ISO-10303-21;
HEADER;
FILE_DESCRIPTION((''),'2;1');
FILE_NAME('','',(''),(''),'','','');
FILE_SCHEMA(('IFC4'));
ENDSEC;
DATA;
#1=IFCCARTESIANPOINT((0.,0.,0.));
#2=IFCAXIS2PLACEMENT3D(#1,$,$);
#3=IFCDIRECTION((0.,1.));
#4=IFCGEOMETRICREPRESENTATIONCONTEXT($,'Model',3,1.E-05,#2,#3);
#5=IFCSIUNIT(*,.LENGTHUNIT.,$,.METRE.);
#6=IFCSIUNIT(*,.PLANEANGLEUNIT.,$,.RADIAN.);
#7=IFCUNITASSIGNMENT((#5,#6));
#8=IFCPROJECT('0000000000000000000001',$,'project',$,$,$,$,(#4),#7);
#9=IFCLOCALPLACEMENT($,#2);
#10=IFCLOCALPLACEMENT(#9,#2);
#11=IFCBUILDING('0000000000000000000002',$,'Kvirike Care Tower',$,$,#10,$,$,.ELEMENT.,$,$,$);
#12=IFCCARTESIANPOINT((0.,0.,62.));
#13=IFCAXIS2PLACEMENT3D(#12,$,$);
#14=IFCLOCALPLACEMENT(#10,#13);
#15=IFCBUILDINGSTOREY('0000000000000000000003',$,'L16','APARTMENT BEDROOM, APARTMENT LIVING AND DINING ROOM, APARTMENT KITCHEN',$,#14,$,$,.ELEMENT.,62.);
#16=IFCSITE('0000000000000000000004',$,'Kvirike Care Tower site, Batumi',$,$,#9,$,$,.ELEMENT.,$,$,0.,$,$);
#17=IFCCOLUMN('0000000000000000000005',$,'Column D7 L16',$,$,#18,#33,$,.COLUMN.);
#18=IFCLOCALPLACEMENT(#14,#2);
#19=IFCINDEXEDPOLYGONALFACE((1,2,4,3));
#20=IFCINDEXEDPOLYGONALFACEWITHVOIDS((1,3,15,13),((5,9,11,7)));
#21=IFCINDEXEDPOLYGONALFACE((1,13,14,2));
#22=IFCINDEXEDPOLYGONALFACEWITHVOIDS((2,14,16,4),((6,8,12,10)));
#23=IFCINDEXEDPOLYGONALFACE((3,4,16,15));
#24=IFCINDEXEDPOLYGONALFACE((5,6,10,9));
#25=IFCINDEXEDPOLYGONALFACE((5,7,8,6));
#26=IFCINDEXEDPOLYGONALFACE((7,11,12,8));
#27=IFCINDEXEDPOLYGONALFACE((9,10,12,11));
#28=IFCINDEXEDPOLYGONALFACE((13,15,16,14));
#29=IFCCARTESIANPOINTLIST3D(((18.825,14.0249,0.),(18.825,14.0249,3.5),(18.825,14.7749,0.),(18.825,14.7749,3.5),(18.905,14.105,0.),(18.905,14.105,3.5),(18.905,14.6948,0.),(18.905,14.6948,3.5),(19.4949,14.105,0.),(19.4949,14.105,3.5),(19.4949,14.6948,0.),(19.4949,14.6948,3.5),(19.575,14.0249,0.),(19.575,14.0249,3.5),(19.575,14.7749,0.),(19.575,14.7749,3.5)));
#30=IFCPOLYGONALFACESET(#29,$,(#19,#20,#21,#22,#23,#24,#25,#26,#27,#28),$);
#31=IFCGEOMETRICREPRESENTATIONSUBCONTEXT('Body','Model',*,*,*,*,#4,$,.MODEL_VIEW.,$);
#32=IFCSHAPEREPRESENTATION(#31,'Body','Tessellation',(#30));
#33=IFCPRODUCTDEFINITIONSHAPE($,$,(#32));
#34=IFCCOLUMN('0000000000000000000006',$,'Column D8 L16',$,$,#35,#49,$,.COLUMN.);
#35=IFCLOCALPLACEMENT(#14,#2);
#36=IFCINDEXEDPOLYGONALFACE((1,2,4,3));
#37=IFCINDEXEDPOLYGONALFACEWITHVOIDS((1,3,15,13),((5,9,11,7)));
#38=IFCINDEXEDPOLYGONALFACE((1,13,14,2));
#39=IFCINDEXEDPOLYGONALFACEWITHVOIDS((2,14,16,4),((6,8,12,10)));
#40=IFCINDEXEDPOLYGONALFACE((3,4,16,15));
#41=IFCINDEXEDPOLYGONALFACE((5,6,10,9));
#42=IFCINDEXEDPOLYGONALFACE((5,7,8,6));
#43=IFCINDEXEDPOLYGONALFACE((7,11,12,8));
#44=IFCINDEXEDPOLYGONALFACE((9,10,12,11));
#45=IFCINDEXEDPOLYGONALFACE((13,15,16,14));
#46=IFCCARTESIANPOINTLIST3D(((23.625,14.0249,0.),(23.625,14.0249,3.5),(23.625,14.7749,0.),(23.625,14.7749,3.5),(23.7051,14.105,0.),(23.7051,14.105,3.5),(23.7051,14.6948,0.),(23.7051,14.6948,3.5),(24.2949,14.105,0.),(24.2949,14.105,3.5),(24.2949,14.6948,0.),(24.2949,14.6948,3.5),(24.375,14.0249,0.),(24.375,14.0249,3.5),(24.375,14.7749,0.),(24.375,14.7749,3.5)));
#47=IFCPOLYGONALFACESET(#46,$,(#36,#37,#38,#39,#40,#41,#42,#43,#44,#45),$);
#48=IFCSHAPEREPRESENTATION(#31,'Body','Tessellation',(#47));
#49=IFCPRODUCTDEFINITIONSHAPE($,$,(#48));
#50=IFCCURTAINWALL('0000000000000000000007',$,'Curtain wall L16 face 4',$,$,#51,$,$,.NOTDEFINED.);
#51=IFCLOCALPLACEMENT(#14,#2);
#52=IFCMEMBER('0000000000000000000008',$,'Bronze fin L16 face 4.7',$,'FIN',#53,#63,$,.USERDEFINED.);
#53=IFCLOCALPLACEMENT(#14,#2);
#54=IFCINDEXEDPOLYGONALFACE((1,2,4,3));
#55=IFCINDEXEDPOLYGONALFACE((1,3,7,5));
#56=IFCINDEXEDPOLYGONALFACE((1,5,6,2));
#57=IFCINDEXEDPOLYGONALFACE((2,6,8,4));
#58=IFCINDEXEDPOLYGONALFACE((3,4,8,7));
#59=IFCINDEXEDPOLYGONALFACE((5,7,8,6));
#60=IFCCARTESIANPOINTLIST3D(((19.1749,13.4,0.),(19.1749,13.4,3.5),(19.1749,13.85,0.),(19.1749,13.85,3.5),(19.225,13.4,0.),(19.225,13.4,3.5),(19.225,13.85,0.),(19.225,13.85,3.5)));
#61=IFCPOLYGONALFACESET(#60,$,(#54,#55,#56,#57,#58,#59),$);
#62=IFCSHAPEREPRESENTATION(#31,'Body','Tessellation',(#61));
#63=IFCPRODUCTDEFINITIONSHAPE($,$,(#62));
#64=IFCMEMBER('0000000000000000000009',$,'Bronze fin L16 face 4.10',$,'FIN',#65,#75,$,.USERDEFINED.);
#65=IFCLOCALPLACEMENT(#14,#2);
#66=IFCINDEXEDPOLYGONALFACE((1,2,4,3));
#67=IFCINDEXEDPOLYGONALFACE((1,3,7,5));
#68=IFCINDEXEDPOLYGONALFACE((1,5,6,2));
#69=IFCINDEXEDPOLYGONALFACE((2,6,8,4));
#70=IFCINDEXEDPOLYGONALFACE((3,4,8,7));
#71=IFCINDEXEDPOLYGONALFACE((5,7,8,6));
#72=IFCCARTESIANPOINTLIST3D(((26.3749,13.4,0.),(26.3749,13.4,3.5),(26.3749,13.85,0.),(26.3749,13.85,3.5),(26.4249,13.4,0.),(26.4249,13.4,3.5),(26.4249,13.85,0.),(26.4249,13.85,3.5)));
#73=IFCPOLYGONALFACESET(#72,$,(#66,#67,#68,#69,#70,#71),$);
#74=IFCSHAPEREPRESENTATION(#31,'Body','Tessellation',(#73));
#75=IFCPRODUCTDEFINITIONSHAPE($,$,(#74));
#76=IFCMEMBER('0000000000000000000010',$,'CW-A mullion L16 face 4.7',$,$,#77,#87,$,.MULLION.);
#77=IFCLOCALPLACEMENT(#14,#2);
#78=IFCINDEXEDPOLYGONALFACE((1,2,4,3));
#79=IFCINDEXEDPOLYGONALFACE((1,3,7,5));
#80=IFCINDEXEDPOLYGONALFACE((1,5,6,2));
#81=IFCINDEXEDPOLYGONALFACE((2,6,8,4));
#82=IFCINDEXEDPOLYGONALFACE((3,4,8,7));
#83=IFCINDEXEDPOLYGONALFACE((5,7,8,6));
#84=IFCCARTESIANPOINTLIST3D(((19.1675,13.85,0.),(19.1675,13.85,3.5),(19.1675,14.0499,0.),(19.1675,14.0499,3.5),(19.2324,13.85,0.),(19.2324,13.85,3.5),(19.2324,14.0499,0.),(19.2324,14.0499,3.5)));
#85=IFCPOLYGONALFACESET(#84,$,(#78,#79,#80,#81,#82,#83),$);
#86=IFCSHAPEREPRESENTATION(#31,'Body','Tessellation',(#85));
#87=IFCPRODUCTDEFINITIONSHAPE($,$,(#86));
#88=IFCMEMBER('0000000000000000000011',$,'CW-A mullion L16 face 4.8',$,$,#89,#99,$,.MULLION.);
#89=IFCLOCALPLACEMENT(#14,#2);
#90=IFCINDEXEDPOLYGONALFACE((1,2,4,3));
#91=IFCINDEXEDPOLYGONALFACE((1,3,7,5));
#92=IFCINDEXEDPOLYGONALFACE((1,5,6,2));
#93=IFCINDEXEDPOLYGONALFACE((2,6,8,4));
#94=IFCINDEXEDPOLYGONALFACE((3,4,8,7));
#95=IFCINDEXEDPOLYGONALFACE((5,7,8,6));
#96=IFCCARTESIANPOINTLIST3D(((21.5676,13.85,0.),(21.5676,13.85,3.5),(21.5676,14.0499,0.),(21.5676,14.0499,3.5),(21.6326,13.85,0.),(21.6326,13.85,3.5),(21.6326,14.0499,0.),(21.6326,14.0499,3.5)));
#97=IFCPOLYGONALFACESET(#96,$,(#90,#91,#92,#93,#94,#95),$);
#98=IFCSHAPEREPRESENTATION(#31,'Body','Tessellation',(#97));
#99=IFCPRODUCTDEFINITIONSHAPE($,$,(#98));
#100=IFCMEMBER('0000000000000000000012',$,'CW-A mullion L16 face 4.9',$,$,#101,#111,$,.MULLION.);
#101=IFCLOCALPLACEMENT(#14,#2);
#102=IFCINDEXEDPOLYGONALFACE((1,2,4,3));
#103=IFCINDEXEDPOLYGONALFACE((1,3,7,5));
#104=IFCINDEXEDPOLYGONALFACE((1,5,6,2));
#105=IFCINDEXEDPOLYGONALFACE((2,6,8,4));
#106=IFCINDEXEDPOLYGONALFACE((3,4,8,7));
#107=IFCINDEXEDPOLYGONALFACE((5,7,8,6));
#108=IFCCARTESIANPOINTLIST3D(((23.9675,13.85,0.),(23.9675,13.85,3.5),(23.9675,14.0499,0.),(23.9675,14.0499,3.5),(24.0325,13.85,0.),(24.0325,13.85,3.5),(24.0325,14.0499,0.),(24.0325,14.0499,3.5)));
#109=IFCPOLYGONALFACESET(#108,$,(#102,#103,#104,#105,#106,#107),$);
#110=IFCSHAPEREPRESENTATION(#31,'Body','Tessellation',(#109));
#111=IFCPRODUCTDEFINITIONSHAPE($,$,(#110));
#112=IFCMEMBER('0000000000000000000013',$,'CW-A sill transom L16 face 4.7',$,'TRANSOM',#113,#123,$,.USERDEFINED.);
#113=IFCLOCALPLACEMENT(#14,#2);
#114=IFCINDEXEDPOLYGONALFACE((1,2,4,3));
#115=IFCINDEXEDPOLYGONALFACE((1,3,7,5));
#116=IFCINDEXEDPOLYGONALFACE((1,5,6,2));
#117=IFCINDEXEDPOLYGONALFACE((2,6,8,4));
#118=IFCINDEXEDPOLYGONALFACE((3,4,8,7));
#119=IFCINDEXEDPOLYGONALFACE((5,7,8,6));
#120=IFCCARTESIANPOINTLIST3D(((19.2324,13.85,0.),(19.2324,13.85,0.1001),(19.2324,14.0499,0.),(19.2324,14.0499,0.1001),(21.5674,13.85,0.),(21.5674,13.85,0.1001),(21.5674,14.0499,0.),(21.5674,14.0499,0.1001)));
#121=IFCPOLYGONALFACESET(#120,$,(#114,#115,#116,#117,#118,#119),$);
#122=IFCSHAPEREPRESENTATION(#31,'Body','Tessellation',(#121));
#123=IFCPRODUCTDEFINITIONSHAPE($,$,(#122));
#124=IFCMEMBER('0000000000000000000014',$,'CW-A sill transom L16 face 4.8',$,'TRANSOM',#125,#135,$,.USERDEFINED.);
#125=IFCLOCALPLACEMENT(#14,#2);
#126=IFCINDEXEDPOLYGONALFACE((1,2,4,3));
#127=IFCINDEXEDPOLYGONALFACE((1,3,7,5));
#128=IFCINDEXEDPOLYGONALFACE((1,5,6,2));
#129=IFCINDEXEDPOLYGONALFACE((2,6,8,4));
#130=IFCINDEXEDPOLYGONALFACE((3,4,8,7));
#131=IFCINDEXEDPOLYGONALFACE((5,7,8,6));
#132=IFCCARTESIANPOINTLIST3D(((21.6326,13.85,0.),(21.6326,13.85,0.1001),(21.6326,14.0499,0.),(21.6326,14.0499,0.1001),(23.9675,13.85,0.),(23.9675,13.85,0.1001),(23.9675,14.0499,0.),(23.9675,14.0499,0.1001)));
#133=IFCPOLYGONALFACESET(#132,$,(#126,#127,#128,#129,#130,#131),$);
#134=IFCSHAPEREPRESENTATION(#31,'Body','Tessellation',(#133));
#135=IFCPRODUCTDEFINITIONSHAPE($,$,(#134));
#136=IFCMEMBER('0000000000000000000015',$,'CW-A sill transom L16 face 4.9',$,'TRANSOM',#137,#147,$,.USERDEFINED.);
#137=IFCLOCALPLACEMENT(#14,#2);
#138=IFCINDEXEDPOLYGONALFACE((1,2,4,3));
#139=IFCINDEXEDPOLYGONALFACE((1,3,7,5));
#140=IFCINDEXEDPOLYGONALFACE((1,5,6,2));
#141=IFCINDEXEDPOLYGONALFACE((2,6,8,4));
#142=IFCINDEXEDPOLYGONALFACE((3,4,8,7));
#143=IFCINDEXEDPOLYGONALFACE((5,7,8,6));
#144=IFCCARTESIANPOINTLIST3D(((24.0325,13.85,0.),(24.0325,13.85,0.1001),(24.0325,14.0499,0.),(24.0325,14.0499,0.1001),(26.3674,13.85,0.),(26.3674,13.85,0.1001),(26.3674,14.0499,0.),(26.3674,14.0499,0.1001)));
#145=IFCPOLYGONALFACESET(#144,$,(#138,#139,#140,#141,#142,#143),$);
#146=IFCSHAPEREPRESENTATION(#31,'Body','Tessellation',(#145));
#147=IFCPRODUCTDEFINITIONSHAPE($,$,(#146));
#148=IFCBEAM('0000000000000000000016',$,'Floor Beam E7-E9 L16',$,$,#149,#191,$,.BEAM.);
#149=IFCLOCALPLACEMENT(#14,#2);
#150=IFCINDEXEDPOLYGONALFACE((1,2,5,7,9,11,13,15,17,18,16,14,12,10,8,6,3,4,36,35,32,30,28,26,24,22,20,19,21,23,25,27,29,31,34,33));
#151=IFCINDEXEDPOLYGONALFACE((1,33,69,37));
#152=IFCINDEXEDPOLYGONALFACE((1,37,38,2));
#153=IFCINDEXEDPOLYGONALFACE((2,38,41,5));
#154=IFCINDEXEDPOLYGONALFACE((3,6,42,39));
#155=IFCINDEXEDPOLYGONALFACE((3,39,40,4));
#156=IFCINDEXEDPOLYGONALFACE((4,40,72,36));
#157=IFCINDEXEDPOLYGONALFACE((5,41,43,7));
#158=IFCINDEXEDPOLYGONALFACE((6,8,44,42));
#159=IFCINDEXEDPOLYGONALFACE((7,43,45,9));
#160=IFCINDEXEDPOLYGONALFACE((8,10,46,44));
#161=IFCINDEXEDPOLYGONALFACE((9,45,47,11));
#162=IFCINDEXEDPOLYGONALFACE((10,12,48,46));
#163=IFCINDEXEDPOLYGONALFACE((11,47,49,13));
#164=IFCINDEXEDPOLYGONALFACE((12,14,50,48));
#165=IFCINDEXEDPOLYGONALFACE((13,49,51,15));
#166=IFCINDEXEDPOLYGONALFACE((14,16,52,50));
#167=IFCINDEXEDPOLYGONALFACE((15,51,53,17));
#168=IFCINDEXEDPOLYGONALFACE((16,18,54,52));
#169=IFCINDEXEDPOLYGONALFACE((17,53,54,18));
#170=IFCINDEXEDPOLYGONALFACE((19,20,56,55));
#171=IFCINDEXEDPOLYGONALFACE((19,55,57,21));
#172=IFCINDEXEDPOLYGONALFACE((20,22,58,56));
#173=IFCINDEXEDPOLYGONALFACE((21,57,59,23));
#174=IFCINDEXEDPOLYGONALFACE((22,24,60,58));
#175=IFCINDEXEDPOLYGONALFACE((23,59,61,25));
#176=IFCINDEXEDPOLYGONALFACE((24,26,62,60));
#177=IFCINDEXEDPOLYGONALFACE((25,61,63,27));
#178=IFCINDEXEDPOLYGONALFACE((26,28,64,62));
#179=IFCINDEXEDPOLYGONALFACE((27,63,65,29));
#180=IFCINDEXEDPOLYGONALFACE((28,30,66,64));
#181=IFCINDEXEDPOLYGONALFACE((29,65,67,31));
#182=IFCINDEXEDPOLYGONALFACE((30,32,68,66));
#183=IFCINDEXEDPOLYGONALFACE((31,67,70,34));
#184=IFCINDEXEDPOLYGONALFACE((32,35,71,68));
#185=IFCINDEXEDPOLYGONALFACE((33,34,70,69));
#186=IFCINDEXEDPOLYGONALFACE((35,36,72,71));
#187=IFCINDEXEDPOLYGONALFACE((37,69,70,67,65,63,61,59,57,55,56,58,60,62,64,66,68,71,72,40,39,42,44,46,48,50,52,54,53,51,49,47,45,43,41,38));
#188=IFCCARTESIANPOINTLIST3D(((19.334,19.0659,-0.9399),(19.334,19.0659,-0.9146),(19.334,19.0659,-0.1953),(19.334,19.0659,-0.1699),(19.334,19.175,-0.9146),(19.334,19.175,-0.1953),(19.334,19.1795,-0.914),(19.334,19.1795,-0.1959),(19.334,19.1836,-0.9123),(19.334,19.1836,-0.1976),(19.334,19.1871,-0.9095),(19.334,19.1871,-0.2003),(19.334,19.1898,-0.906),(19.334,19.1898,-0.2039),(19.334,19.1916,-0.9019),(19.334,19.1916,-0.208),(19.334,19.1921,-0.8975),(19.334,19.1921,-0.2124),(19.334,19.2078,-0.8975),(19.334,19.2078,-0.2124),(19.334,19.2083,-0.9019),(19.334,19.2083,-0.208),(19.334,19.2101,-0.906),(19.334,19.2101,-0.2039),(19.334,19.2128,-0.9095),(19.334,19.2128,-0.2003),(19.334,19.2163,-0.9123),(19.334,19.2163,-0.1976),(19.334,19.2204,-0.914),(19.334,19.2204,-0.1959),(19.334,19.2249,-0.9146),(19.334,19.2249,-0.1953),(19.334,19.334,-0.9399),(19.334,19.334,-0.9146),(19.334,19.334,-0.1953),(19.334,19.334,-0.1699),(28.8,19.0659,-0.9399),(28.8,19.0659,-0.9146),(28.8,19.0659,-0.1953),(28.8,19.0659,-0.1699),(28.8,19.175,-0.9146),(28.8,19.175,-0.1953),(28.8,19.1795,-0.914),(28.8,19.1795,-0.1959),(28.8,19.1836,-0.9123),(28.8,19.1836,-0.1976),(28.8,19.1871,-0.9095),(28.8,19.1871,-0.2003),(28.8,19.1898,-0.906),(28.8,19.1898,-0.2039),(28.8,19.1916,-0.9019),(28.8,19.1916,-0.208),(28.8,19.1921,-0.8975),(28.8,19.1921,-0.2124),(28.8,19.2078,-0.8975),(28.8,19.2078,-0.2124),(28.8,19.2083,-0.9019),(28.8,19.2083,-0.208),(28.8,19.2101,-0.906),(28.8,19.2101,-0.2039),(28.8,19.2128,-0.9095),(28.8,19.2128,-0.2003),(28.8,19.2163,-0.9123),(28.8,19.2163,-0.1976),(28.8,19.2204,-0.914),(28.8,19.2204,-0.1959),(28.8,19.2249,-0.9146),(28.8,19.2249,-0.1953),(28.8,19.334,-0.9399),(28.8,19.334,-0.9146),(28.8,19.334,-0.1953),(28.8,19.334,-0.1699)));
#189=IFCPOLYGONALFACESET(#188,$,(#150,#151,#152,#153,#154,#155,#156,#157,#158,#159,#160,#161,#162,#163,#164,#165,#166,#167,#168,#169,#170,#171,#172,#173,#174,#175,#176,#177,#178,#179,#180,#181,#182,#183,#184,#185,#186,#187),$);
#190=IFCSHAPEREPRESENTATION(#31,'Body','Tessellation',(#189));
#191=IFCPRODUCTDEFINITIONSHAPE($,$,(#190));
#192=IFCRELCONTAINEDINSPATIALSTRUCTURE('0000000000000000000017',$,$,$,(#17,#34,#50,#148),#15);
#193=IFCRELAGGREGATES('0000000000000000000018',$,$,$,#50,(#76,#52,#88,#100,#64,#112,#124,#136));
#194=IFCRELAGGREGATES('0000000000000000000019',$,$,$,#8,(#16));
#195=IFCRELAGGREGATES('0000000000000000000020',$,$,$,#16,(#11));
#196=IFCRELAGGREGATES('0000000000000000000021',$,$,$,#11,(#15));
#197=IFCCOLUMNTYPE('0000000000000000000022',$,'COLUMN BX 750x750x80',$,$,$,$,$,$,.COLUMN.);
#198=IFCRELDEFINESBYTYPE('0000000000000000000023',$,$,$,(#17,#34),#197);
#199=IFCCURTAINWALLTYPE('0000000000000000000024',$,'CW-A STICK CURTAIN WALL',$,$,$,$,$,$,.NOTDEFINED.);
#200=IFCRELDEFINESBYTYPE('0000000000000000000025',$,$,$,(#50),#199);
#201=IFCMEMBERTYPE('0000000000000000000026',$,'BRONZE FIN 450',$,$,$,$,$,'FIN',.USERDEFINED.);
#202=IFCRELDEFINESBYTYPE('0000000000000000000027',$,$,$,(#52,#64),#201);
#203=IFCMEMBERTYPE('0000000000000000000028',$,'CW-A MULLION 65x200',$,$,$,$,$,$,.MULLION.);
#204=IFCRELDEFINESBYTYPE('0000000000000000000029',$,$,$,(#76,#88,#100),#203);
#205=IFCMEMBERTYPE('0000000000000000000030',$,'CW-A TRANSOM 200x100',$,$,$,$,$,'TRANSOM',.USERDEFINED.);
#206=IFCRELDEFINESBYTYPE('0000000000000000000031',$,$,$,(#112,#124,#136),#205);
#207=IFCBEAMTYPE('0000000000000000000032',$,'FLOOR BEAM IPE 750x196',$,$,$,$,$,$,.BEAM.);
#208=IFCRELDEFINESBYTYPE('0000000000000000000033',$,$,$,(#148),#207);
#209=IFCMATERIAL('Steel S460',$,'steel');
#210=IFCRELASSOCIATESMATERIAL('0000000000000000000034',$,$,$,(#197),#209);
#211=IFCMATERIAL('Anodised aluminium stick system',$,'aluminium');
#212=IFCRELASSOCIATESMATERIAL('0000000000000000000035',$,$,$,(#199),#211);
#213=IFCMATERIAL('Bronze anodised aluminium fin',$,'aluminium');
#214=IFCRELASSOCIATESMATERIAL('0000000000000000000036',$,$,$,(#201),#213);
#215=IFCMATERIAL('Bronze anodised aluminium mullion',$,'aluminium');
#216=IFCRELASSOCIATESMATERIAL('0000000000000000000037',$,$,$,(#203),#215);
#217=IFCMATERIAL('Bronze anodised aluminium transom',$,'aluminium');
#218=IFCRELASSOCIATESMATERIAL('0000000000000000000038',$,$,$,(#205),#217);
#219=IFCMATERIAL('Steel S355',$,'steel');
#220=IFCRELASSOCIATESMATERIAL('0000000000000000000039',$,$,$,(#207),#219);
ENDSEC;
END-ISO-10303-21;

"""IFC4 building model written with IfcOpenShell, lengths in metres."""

from ifc_helpers import new_model, si_unit, direction, frame, origin, origin_2d, place, context, subcontext, project, spatial, rectangle, hollow_rectangle, i_section, extrude, material, material_profile, profile_set, type_object, element, aggregate, save


model = new_model("IFC4")

# Units and contexts
model_context = context("Model", 3, precision=1e-05, world=origin(), true_north=direction((0.0, 1.0)))
body_context = subcontext(model_context, "Body", "Model", "MODEL_VIEW")
ifc_project = project(units=[si_unit("LENGTHUNIT", "METRE"), si_unit("PLANEANGLEUNIT", "RADIAN")], contexts=[model_context])

# Site, building, storey
site_placement = place(None, origin())
site = spatial("IfcSite", under=ifc_project, at=site_placement, Name="Kvirike Care Tower site, Batumi", CompositionType="ELEMENT", RefElevation=0.0)
building_placement = place(site_placement, origin())
building = spatial("IfcBuilding", under=site, at=building_placement, Name="Kvirike Care Tower", CompositionType="ELEMENT")
storey_placement = place(building_placement, frame((0.0, 0.0, 62.0)))
storey = spatial("IfcBuildingStorey", under=building, at=storey_placement, Name="L16", Description="APARTMENT BEDROOM, APARTMENT LIVING AND DINING ROOM, APARTMENT KITCHEN", CompositionType="ELEMENT", Elevation=62.0)

# Columns
ifc_material_1 = material(Name="Steel S460", Category="steel")
ifc_material_profile_1 = material_profile(ifc_material_1, hollow_rectangle(XDim=0.75, YDim=0.75, WallThickness=0.0801, at=origin_2d()), Name="BX 750x750x80")
ifc_profile_set_1 = profile_set([ifc_material_profile_1], Name="Steel S460")
column_type = type_object("IfcColumnType", Name="COLUMN BX 750x750x80", PredefinedType="COLUMN", material=ifc_profile_set_1)
for number, where, z_axis, x_axis, name in (
    (1, (19.2, 14.3999, 0.0), (0.0, 0.0, 1.0), (0.0, 1.0, 0.0), "Column D7 L16"),
    (2, (24.0, 14.3999, 0.0), (0.0, 0.0, 1.0), (0.0, 1.0, 0.0), "Column D8 L16"),
):
    element("IfcColumn", number, at=place(storey_placement, frame(where, z_axis=z_axis, x_axis=x_axis)), inside=storey, type_object=column_type, Name=name, PredefinedType="COLUMN", context=body_context, shape_type="SweptSolid", body=[
        extrude(hollow_rectangle(XDim=0.75, YDim=0.75, WallThickness=0.0801, at=origin_2d()), origin(), (0.0, 0.0, 1.0), 3.5),
    ])

# Curtain wall, members
ifc_material_2 = material(Name="Anodised aluminium stick system", Category="aluminium")
curtain_wall_type = type_object("IfcCurtainWallType", Name="CW-A STICK CURTAIN WALL", PredefinedType="NOTDEFINED", material=ifc_material_2)
curtain_wall_placement = place(storey_placement, origin())
curtain_wall = element("IfcCurtainWall", 3, at=curtain_wall_placement, inside=storey, type_object=curtain_wall_type, Name="Curtain wall L16 face 4", PredefinedType="NOTDEFINED")
ifc_material_3 = material(Name="Bronze anodised aluminium fin", Category="aluminium")
ifc_material_profile_2 = material_profile(ifc_material_3, rectangle(XDim=0.05, YDim=0.45, at=origin_2d()), Name="BRONZE FIN 450")
ifc_profile_set_2 = profile_set([ifc_material_profile_2], Name="Bronze anodised aluminium fin")
member_type_1 = type_object("IfcMemberType", Name="BRONZE FIN 450", ElementType="FIN", PredefinedType="USERDEFINED", material=ifc_profile_set_2)
member_1_placement = place(storey_placement, frame((19.2, 13.625, 0.0), z_axis=(0.0, 0.0, 1.0), x_axis=(1.0, 0.0, 0.0)))
member_1 = element("IfcMember", 4, at=member_1_placement, type_object=member_type_1, Name="Bronze fin L16 face 4.7", ObjectType="FIN", PredefinedType="USERDEFINED", context=body_context, shape_type="SweptSolid", body=[
    extrude(rectangle(XDim=0.05, YDim=0.45, at=origin_2d()), origin(), (0.0, 0.0, 1.0), 3.5),
])
member_2_placement = place(storey_placement, frame((26.3999, 13.625, 0.0), z_axis=(0.0, 0.0, 1.0), x_axis=(1.0, 0.0, 0.0)))
member_2 = element("IfcMember", 5, at=member_2_placement, type_object=member_type_1, Name="Bronze fin L16 face 4.10", ObjectType="FIN", PredefinedType="USERDEFINED", context=body_context, shape_type="SweptSolid", body=[
    extrude(rectangle(XDim=0.05, YDim=0.45, at=origin_2d()), origin(), (0.0, 0.0, 1.0), 3.5),
])
ifc_material_4 = material(Name="Bronze anodised aluminium mullion", Category="aluminium")
ifc_material_profile_3 = material_profile(ifc_material_4, rectangle(XDim=0.0649, YDim=0.2, at=origin_2d()), Name="CW-A MULLION 65x200")
ifc_profile_set_3 = profile_set([ifc_material_profile_3], Name="Bronze anodised aluminium mullion")
member_type_2 = type_object("IfcMemberType", Name="CW-A MULLION 65x200", PredefinedType="MULLION", material=ifc_profile_set_3)
member_3_placement = place(storey_placement, frame((19.2, 13.95, 0.0), z_axis=(0.0, 0.0, 1.0), x_axis=(1.0, 0.0, 0.0)))
member_3 = element("IfcMember", 6, at=member_3_placement, type_object=member_type_2, Name="CW-A mullion L16 face 4.7", PredefinedType="MULLION", context=body_context, shape_type="SweptSolid", body=[
    extrude(rectangle(XDim=0.0649, YDim=0.2, at=origin_2d()), origin(), (0.0, 0.0, 1.0), 3.5),
])
member_4_placement = place(storey_placement, frame((21.6001, 13.95, 0.0), z_axis=(0.0, 0.0, 1.0), x_axis=(1.0, 0.0, 0.0)))
member_4 = element("IfcMember", 7, at=member_4_placement, type_object=member_type_2, Name="CW-A mullion L16 face 4.8", PredefinedType="MULLION", context=body_context, shape_type="SweptSolid", body=[
    extrude(rectangle(XDim=0.0649, YDim=0.2, at=origin_2d()), origin(), (0.0, 0.0, 1.0), 3.5),
])
member_5_placement = place(storey_placement, frame((24.0, 13.95, 0.0), z_axis=(0.0, 0.0, 1.0), x_axis=(1.0, 0.0, 0.0)))
member_5 = element("IfcMember", 8, at=member_5_placement, type_object=member_type_2, Name="CW-A mullion L16 face 4.9", PredefinedType="MULLION", context=body_context, shape_type="SweptSolid", body=[
    extrude(rectangle(XDim=0.0649, YDim=0.2, at=origin_2d()), origin(), (0.0, 0.0, 1.0), 3.5),
])
ifc_material_5 = material(Name="Bronze anodised aluminium transom", Category="aluminium")
ifc_material_profile_4 = material_profile(ifc_material_5, rectangle(XDim=0.2, YDim=0.1001, at=origin_2d()), Name="CW-A TRANSOM 200x100")
ifc_profile_set_4 = profile_set([ifc_material_profile_4], Name="Bronze anodised aluminium transom")
member_type_3 = type_object("IfcMemberType", Name="CW-A TRANSOM 200x100", ElementType="TRANSOM", PredefinedType="USERDEFINED", material=ifc_profile_set_4)
member_6_placement = place(storey_placement, frame((19.2324, 13.95, 0.05), z_axis=(1.0, 0.0, 0.0), x_axis=(0.0, 1.0, 0.0)))
member_6 = element("IfcMember", 9, at=member_6_placement, type_object=member_type_3, Name="CW-A sill transom L16 face 4.7", ObjectType="TRANSOM", PredefinedType="USERDEFINED", context=body_context, shape_type="SweptSolid", body=[
    extrude(rectangle(XDim=0.2, YDim=0.1001, at=origin_2d()), origin(), (0.0, 0.0, 1.0), 2.335),
])
member_7_placement = place(storey_placement, frame((21.6326, 13.95, 0.05), z_axis=(1.0, 0.0, 0.0), x_axis=(0.0, 1.0, 0.0)))
member_7 = element("IfcMember", 10, at=member_7_placement, type_object=member_type_3, Name="CW-A sill transom L16 face 4.8", ObjectType="TRANSOM", PredefinedType="USERDEFINED", context=body_context, shape_type="SweptSolid", body=[
    extrude(rectangle(XDim=0.2, YDim=0.1001, at=origin_2d()), origin(), (0.0, 0.0, 1.0), 2.335),
])
member_8_placement = place(storey_placement, frame((24.0325, 13.95, 0.05), z_axis=(1.0, 0.0, 0.0), x_axis=(0.0, 1.0, 0.0)))
member_8 = element("IfcMember", 11, at=member_8_placement, type_object=member_type_3, Name="CW-A sill transom L16 face 4.9", ObjectType="TRANSOM", PredefinedType="USERDEFINED", context=body_context, shape_type="SweptSolid", body=[
    extrude(rectangle(XDim=0.2, YDim=0.1001, at=origin_2d()), origin(), (0.0, 0.0, 1.0), 2.335),
])

# Beam
ifc_material_6 = material(Name="Steel S355", Category="steel")
ifc_material_profile_5 = material_profile(ifc_material_6, i_section(OverallWidth=0.2681, OverallDepth=0.77, WebThickness=0.0156, FlangeThickness=0.0254, FilletRadius=0.0171, at=origin_2d()), Name="IPE 750x196")
ifc_profile_set_5 = profile_set([ifc_material_profile_5], Name="Steel S355")
beam_type_1 = type_object("IfcBeamType", Name="FLOOR BEAM IPE 750x196", PredefinedType="BEAM", material=ifc_profile_set_5)
beam_1_placement = place(storey_placement, frame((19.334, 19.2, -0.5549), z_axis=(1.0, 0.0, 0.0), x_axis=(0.0, 1.0, 0.0)))
element("IfcBeam", 12, at=beam_1_placement, inside=storey, type_object=beam_type_1, Name="Floor Beam E7-E9 L16", PredefinedType="BEAM", context=body_context, shape_type="SweptSolid", body=[
    extrude(i_section(OverallWidth=0.2681, OverallDepth=0.77, WebThickness=0.0156, FlangeThickness=0.0254, FilletRadius=0.0171, at=origin_2d()), origin(), (0.0, 0.0, 1.0), 9.4661),
])

aggregate(curtain_wall, [member_3, member_1, member_4, member_5, member_2, member_6, member_7, member_8])

save(model, "model.ifc")
